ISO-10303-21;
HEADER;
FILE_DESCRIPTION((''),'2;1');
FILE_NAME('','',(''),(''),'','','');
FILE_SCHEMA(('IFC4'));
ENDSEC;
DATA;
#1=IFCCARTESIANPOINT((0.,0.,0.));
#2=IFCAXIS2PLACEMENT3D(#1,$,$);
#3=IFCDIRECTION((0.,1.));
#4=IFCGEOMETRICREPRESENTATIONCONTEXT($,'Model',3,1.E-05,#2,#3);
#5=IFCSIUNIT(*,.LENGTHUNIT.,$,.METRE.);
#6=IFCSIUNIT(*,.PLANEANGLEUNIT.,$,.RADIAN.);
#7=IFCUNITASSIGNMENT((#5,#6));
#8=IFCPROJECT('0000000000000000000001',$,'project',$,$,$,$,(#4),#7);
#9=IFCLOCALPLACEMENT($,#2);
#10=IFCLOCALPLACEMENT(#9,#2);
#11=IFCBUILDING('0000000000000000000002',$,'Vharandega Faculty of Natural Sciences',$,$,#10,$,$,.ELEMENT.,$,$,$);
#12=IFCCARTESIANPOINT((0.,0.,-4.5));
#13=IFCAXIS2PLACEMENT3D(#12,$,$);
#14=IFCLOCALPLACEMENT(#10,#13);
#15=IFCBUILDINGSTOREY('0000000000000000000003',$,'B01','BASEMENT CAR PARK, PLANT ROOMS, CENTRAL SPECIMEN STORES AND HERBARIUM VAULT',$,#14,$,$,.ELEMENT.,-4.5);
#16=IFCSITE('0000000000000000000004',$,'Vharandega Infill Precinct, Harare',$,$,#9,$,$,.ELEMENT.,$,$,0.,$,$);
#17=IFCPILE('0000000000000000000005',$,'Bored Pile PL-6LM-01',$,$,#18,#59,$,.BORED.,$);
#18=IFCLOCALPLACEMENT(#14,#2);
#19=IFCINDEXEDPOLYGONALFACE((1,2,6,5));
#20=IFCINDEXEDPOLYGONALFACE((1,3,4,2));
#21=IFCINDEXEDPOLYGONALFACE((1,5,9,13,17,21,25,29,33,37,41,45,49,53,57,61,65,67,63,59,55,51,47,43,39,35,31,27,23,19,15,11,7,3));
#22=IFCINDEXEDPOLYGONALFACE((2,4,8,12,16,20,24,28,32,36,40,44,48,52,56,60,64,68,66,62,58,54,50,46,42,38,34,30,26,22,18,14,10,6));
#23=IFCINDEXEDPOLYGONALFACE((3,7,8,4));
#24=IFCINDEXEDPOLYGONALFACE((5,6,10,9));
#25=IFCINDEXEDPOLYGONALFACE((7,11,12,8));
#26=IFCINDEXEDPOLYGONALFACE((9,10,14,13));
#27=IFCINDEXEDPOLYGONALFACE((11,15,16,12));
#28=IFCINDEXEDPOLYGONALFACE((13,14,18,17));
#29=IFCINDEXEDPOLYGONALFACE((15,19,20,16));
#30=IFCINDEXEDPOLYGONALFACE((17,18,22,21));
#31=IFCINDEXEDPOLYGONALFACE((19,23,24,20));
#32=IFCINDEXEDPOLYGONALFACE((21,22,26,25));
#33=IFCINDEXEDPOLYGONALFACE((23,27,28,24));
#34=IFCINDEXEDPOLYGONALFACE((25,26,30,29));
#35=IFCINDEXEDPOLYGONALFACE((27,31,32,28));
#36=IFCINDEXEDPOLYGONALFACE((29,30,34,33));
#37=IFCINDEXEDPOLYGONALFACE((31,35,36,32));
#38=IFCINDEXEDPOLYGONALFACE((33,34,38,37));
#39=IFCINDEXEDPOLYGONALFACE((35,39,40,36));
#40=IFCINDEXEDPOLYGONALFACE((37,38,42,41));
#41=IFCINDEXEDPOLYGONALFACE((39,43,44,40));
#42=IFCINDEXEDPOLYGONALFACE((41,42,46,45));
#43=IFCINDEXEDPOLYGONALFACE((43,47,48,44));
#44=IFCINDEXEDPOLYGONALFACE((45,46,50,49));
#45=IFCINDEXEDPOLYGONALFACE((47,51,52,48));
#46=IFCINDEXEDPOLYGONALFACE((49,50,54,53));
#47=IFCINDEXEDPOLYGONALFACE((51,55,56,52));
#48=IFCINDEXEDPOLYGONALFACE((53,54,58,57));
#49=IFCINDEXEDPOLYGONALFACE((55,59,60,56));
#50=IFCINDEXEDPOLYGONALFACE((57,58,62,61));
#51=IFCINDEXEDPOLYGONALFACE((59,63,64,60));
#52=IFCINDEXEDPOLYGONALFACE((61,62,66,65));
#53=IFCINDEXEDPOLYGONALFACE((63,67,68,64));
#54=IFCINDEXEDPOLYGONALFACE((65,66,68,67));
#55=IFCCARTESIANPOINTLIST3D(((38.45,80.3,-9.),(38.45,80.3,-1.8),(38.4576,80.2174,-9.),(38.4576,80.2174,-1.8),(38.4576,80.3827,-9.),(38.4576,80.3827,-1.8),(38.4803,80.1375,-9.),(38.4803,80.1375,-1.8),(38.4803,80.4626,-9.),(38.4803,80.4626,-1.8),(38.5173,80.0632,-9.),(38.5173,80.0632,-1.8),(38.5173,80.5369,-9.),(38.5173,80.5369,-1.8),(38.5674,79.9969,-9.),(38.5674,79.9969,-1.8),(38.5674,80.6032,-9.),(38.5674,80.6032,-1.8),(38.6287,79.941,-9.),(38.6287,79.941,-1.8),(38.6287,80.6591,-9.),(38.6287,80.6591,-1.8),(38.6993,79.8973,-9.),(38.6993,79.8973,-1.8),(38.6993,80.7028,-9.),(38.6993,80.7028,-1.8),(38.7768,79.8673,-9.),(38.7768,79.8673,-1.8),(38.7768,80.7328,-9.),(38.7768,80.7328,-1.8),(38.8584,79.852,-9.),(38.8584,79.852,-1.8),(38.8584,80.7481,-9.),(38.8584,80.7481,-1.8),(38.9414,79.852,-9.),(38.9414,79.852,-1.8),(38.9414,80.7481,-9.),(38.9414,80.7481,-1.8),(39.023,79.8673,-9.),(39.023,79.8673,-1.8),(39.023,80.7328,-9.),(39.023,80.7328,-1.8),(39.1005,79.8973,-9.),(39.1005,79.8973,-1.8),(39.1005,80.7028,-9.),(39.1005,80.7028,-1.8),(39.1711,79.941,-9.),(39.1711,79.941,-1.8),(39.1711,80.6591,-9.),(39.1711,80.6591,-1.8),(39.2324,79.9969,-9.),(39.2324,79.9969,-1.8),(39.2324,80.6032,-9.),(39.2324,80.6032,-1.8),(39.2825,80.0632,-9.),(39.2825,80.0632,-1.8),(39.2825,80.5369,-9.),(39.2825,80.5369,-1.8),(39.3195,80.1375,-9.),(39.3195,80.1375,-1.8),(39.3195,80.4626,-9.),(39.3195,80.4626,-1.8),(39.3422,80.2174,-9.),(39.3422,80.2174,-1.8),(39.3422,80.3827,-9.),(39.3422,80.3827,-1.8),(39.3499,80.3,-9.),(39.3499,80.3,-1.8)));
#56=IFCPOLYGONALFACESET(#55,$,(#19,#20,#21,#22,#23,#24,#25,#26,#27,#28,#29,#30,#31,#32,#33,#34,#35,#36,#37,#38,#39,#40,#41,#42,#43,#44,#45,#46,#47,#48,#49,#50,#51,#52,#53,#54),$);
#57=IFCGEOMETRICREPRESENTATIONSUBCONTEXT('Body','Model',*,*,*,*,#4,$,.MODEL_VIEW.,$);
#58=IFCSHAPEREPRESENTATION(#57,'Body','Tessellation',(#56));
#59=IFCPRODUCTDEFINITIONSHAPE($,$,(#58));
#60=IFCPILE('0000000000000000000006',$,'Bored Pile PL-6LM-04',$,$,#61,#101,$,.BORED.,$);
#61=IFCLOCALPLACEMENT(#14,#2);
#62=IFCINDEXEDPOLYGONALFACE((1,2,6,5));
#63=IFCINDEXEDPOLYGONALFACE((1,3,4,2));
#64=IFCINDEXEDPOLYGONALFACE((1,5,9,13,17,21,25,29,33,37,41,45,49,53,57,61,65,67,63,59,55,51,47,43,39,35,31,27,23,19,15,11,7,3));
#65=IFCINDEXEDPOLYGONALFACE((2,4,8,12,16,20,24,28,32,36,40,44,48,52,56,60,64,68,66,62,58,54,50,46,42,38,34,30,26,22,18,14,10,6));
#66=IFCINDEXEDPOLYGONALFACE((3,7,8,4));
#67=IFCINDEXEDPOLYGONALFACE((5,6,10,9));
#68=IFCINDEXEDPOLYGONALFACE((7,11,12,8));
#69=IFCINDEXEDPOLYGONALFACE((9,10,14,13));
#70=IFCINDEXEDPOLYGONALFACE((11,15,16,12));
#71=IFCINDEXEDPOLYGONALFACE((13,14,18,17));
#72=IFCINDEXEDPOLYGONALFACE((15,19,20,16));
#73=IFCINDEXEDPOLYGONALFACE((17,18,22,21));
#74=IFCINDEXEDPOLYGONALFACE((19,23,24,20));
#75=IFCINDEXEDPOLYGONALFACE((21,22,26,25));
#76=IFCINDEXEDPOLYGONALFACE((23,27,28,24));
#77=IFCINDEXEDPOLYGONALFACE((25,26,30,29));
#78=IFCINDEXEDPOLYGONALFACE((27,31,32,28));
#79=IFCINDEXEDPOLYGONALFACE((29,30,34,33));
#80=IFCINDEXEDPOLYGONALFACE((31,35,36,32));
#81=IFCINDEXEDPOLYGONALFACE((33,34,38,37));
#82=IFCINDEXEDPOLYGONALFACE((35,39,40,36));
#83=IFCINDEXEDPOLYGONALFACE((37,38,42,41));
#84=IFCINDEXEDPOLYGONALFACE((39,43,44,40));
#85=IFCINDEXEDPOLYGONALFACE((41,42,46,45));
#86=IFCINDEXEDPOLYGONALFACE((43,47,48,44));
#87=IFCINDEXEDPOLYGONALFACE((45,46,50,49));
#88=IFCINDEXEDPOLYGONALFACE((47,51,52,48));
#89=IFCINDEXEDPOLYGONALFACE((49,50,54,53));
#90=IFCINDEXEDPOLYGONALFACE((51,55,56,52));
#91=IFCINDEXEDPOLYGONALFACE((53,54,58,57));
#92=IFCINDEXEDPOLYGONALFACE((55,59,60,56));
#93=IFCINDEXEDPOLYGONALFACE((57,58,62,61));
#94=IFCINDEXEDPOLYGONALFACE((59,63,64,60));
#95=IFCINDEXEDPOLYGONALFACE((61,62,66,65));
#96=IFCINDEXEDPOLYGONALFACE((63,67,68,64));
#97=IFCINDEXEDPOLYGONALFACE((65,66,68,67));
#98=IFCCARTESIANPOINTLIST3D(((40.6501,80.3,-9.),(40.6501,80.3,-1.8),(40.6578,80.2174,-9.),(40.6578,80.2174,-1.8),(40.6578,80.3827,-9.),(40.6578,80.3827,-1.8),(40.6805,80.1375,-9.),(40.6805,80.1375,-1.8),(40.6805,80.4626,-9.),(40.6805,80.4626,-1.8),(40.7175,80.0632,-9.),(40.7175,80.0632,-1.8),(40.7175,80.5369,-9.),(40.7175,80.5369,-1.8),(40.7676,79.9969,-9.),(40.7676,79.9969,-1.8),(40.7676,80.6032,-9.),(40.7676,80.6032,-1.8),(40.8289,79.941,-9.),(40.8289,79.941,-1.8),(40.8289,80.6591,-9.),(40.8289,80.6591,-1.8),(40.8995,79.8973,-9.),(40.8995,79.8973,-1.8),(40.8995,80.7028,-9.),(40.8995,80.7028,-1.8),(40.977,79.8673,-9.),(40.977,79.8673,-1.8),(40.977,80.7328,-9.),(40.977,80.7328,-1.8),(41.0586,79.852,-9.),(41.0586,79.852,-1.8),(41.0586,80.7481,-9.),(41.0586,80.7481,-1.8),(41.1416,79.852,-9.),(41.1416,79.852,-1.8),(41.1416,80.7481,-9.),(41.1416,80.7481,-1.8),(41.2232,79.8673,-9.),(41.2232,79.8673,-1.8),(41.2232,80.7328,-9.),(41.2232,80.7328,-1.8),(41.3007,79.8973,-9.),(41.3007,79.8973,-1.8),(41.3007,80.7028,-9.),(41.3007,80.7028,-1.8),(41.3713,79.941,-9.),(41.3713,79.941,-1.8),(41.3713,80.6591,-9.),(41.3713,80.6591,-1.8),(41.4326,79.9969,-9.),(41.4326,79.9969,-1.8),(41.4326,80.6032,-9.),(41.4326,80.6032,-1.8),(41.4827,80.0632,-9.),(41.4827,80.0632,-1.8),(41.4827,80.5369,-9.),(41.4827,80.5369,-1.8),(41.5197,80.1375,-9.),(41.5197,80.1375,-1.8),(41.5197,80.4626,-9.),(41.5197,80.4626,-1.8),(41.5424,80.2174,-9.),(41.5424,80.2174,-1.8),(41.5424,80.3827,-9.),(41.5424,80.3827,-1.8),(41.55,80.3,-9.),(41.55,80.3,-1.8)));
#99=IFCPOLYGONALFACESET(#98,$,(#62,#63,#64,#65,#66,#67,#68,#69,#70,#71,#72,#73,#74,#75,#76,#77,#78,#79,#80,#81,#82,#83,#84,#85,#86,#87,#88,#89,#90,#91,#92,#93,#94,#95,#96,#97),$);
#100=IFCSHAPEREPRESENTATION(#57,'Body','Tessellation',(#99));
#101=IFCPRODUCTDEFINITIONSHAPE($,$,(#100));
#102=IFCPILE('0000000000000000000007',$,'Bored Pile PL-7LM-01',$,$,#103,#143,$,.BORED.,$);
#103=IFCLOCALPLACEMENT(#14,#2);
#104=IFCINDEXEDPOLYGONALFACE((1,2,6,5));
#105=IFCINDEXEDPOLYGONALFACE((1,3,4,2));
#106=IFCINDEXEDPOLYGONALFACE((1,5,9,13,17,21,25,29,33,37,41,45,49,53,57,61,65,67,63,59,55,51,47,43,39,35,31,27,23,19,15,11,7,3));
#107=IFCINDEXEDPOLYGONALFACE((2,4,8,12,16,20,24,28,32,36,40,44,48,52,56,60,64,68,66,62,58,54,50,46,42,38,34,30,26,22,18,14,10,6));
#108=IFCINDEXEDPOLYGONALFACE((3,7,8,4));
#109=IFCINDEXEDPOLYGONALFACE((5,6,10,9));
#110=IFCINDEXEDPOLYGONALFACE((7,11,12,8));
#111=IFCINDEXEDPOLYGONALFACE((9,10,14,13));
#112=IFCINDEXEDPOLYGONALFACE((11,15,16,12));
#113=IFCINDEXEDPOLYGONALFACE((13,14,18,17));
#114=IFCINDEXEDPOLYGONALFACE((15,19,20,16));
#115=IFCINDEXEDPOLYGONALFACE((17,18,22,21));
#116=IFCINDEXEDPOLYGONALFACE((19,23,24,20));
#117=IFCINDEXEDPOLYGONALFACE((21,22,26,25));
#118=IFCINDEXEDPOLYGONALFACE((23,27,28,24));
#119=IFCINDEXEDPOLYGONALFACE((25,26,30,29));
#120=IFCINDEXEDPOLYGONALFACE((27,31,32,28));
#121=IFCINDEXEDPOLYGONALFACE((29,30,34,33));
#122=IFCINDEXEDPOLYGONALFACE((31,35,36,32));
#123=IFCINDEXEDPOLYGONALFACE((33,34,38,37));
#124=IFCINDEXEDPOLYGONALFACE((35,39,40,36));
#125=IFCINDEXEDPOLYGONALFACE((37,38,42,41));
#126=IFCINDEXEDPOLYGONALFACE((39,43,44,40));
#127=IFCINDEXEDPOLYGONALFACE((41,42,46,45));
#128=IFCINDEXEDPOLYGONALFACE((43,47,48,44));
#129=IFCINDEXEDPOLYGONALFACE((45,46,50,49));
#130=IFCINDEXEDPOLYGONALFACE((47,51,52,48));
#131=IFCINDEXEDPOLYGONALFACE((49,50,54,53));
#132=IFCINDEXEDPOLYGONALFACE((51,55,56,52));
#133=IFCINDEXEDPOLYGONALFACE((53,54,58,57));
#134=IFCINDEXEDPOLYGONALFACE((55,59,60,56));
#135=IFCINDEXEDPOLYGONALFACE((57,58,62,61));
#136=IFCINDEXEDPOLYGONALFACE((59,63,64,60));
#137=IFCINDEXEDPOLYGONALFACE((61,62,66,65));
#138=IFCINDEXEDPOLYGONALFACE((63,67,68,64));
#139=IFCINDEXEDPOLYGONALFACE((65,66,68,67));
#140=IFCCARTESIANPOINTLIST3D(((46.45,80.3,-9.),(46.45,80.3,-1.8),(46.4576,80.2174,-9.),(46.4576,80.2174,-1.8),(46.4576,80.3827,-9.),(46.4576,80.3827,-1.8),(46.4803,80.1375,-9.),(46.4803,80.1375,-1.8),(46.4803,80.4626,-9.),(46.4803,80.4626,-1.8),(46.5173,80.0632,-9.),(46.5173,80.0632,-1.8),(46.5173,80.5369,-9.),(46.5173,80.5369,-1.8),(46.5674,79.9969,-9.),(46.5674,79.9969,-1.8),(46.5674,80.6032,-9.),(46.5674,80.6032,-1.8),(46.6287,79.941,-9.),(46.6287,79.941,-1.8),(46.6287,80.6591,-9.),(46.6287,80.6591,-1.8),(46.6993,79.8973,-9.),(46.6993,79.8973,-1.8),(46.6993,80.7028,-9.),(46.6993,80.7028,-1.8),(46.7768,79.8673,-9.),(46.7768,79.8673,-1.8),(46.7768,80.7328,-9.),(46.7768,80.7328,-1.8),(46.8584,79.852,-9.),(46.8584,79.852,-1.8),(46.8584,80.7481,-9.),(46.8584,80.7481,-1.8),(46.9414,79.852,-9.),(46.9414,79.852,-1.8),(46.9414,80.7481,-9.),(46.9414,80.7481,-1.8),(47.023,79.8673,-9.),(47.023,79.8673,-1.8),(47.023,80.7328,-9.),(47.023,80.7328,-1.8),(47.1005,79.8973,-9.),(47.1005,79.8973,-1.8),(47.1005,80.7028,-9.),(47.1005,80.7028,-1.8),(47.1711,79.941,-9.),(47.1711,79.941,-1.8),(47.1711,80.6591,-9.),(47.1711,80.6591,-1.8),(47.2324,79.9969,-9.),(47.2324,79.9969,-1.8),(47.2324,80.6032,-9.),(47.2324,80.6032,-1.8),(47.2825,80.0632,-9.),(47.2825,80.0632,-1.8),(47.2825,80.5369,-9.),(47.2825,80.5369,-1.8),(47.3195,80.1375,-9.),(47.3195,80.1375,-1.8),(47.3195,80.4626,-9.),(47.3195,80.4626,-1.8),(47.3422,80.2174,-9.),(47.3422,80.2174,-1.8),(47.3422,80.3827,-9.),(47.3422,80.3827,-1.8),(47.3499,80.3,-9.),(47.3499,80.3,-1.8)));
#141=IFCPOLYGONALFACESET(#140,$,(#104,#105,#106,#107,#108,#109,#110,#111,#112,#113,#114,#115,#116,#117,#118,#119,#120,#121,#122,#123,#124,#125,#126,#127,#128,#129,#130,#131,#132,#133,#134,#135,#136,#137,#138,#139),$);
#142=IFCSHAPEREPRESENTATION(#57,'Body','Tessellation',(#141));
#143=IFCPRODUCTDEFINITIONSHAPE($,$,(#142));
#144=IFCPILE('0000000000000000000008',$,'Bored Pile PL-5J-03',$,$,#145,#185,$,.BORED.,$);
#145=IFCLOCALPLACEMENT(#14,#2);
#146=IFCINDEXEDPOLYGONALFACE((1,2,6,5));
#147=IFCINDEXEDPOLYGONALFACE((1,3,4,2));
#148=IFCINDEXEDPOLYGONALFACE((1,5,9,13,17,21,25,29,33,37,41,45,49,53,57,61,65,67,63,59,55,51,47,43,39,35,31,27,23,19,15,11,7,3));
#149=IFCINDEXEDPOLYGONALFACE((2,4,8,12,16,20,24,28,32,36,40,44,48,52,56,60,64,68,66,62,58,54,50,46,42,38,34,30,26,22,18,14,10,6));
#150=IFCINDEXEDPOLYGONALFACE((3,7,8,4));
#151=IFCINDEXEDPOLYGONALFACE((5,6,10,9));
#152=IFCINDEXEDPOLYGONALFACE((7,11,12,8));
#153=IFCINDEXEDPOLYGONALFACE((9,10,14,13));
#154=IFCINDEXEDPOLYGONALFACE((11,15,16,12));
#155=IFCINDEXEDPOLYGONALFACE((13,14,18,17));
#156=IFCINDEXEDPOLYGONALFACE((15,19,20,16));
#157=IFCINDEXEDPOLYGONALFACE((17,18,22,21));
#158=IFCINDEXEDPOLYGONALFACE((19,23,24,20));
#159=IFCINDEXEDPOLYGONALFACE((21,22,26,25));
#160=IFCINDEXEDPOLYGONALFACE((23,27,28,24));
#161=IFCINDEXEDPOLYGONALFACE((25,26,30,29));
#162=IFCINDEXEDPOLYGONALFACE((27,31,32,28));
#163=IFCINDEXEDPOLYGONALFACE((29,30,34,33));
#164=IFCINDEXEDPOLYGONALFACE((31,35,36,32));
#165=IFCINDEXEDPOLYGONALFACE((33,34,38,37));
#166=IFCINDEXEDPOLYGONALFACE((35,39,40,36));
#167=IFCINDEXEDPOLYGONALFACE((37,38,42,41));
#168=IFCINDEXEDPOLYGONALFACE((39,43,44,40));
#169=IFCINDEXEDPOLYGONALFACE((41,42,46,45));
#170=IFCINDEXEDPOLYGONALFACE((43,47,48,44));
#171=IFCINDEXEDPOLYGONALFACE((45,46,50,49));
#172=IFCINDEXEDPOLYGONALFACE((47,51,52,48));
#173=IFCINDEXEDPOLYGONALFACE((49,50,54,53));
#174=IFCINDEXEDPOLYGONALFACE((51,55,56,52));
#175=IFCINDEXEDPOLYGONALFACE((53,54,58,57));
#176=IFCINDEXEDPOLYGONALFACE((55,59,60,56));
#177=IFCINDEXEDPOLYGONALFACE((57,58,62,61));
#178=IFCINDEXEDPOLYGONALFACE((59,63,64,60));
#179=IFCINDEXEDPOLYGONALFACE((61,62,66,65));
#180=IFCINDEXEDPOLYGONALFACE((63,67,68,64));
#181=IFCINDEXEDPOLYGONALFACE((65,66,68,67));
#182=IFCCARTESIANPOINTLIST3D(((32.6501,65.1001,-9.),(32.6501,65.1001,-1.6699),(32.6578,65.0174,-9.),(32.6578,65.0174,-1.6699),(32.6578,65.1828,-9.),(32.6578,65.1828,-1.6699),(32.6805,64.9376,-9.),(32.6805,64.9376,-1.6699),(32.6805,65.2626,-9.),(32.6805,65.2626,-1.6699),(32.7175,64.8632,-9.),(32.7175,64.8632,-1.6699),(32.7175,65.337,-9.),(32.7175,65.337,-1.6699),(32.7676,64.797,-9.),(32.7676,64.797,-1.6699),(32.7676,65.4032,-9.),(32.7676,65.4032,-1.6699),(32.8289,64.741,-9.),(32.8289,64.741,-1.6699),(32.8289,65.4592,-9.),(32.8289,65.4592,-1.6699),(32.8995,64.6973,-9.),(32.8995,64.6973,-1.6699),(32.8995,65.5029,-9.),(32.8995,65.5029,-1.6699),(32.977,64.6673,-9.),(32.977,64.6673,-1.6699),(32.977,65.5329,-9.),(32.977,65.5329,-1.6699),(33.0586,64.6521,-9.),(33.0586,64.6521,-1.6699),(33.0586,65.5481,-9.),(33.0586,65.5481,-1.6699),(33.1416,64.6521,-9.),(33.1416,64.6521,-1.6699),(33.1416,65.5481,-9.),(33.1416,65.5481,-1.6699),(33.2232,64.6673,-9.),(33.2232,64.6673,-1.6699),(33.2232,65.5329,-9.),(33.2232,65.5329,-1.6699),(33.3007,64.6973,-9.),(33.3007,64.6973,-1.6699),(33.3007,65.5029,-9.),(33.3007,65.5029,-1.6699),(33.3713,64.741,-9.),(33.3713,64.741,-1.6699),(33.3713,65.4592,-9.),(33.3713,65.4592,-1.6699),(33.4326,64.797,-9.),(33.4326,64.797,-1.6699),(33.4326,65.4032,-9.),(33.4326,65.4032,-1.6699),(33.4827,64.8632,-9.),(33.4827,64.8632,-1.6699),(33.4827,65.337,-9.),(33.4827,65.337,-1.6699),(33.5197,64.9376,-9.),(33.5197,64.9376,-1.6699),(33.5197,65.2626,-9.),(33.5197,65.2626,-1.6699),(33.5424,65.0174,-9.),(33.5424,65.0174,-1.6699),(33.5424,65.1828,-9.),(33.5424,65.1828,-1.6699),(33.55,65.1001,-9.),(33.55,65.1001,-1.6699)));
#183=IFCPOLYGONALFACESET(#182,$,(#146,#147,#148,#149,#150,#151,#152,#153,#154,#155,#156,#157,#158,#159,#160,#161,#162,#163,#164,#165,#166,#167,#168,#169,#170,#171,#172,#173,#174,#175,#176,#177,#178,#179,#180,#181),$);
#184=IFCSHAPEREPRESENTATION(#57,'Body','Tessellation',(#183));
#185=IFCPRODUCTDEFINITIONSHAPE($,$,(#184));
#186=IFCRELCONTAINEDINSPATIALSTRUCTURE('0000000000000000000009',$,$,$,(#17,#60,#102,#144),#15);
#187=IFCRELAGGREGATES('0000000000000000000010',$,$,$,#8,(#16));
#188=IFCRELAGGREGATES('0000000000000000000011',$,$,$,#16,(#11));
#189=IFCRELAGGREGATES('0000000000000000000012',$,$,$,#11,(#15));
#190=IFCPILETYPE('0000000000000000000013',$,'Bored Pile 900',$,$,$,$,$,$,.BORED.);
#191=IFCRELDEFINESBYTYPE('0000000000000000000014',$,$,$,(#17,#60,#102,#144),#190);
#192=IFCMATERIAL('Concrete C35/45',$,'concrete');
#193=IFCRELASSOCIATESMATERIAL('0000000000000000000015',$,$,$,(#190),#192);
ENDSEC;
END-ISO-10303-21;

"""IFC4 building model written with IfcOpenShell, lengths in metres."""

from ifc_helpers import new_model, si_unit, direction, frame, origin, origin_2d, place, context, subcontext, project, spatial, circle, extrude, material, material_profile, profile_set, type_object, element, save


model = new_model("IFC4")

# Units and contexts
model_context = context("Model", 3, precision=1e-05, world=origin(), true_north=direction((0.0, 1.0)))
body_context = subcontext(model_context, "Body", "Model", "MODEL_VIEW")
ifc_project = project(units=[si_unit("LENGTHUNIT", "METRE"), si_unit("PLANEANGLEUNIT", "RADIAN")], contexts=[model_context])

# Site, building, storey
site_placement = place(None, origin())
site = spatial("IfcSite", under=ifc_project, at=site_placement, Name="Vharandega Infill Precinct, Harare", CompositionType="ELEMENT", RefElevation=0.0)
building_placement = place(site_placement, origin())
building = spatial("IfcBuilding", under=site, at=building_placement, Name="Vharandega Faculty of Natural Sciences", CompositionType="ELEMENT")
storey_placement = place(building_placement, frame((0.0, 0.0, -4.5)))
storey = spatial("IfcBuildingStorey", under=building, at=storey_placement, Name="B01", Description="BASEMENT CAR PARK, PLANT ROOMS, CENTRAL SPECIMEN STORES AND HERBARIUM VAULT", CompositionType="ELEMENT", Elevation=-4.5)

# Piles
ifc_material_1 = material(Name="Concrete C35/45", Category="concrete")
ifc_material_profile_1 = material_profile(ifc_material_1, circle(Radius=0.45, at=origin_2d()), Name="PILE 900")
ifc_profile_set_1 = profile_set([ifc_material_profile_1], Name="Concrete C35/45")
pile_type_1 = type_object("IfcPileType", Name="Bored Pile 900", PredefinedType="BORED", material=ifc_profile_set_1)
for number, where, z_axis, x_axis, name in (
    (1, (38.8999, 80.3, -1.8), (0.0, 0.0, -1.0), (1.0, 0.0, 0.0), "Bored Pile PL-6LM-01"),
    (2, (41.1001, 80.3, -1.8), (0.0, 0.0, -1.0), (1.0, 0.0, 0.0), "Bored Pile PL-6LM-04"),
    (3, (46.8999, 80.3, -1.8), (0.0, 0.0, -1.0), (1.0, 0.0, 0.0), "Bored Pile PL-7LM-01"),
):
    element("IfcPile", number, at=place(storey_placement, frame(where, z_axis=z_axis, x_axis=x_axis)), inside=storey, type_object=pile_type_1, Name=name, PredefinedType="BORED", context=body_context, shape_type="SweptSolid", body=[
        extrude(circle(Radius=0.45, at=origin_2d()), origin(), (0.0, 0.0, 1.0), 7.2),
    ])
pile_placement = place(storey_placement, frame((33.1001, 65.1001, -1.6699), z_axis=(0.0, 0.0, -1.0), x_axis=(1.0, 0.0, 0.0)))
element("IfcPile", 4, at=pile_placement, inside=storey, type_object=pile_type_1, Name="Bored Pile PL-5J-03", PredefinedType="BORED", context=body_context, shape_type="SweptSolid", body=[
    extrude(circle(Radius=0.45, at=origin_2d()), origin(), (0.0, 0.0, 1.0), 7.3301),
])

save(model, "model.ifc")
